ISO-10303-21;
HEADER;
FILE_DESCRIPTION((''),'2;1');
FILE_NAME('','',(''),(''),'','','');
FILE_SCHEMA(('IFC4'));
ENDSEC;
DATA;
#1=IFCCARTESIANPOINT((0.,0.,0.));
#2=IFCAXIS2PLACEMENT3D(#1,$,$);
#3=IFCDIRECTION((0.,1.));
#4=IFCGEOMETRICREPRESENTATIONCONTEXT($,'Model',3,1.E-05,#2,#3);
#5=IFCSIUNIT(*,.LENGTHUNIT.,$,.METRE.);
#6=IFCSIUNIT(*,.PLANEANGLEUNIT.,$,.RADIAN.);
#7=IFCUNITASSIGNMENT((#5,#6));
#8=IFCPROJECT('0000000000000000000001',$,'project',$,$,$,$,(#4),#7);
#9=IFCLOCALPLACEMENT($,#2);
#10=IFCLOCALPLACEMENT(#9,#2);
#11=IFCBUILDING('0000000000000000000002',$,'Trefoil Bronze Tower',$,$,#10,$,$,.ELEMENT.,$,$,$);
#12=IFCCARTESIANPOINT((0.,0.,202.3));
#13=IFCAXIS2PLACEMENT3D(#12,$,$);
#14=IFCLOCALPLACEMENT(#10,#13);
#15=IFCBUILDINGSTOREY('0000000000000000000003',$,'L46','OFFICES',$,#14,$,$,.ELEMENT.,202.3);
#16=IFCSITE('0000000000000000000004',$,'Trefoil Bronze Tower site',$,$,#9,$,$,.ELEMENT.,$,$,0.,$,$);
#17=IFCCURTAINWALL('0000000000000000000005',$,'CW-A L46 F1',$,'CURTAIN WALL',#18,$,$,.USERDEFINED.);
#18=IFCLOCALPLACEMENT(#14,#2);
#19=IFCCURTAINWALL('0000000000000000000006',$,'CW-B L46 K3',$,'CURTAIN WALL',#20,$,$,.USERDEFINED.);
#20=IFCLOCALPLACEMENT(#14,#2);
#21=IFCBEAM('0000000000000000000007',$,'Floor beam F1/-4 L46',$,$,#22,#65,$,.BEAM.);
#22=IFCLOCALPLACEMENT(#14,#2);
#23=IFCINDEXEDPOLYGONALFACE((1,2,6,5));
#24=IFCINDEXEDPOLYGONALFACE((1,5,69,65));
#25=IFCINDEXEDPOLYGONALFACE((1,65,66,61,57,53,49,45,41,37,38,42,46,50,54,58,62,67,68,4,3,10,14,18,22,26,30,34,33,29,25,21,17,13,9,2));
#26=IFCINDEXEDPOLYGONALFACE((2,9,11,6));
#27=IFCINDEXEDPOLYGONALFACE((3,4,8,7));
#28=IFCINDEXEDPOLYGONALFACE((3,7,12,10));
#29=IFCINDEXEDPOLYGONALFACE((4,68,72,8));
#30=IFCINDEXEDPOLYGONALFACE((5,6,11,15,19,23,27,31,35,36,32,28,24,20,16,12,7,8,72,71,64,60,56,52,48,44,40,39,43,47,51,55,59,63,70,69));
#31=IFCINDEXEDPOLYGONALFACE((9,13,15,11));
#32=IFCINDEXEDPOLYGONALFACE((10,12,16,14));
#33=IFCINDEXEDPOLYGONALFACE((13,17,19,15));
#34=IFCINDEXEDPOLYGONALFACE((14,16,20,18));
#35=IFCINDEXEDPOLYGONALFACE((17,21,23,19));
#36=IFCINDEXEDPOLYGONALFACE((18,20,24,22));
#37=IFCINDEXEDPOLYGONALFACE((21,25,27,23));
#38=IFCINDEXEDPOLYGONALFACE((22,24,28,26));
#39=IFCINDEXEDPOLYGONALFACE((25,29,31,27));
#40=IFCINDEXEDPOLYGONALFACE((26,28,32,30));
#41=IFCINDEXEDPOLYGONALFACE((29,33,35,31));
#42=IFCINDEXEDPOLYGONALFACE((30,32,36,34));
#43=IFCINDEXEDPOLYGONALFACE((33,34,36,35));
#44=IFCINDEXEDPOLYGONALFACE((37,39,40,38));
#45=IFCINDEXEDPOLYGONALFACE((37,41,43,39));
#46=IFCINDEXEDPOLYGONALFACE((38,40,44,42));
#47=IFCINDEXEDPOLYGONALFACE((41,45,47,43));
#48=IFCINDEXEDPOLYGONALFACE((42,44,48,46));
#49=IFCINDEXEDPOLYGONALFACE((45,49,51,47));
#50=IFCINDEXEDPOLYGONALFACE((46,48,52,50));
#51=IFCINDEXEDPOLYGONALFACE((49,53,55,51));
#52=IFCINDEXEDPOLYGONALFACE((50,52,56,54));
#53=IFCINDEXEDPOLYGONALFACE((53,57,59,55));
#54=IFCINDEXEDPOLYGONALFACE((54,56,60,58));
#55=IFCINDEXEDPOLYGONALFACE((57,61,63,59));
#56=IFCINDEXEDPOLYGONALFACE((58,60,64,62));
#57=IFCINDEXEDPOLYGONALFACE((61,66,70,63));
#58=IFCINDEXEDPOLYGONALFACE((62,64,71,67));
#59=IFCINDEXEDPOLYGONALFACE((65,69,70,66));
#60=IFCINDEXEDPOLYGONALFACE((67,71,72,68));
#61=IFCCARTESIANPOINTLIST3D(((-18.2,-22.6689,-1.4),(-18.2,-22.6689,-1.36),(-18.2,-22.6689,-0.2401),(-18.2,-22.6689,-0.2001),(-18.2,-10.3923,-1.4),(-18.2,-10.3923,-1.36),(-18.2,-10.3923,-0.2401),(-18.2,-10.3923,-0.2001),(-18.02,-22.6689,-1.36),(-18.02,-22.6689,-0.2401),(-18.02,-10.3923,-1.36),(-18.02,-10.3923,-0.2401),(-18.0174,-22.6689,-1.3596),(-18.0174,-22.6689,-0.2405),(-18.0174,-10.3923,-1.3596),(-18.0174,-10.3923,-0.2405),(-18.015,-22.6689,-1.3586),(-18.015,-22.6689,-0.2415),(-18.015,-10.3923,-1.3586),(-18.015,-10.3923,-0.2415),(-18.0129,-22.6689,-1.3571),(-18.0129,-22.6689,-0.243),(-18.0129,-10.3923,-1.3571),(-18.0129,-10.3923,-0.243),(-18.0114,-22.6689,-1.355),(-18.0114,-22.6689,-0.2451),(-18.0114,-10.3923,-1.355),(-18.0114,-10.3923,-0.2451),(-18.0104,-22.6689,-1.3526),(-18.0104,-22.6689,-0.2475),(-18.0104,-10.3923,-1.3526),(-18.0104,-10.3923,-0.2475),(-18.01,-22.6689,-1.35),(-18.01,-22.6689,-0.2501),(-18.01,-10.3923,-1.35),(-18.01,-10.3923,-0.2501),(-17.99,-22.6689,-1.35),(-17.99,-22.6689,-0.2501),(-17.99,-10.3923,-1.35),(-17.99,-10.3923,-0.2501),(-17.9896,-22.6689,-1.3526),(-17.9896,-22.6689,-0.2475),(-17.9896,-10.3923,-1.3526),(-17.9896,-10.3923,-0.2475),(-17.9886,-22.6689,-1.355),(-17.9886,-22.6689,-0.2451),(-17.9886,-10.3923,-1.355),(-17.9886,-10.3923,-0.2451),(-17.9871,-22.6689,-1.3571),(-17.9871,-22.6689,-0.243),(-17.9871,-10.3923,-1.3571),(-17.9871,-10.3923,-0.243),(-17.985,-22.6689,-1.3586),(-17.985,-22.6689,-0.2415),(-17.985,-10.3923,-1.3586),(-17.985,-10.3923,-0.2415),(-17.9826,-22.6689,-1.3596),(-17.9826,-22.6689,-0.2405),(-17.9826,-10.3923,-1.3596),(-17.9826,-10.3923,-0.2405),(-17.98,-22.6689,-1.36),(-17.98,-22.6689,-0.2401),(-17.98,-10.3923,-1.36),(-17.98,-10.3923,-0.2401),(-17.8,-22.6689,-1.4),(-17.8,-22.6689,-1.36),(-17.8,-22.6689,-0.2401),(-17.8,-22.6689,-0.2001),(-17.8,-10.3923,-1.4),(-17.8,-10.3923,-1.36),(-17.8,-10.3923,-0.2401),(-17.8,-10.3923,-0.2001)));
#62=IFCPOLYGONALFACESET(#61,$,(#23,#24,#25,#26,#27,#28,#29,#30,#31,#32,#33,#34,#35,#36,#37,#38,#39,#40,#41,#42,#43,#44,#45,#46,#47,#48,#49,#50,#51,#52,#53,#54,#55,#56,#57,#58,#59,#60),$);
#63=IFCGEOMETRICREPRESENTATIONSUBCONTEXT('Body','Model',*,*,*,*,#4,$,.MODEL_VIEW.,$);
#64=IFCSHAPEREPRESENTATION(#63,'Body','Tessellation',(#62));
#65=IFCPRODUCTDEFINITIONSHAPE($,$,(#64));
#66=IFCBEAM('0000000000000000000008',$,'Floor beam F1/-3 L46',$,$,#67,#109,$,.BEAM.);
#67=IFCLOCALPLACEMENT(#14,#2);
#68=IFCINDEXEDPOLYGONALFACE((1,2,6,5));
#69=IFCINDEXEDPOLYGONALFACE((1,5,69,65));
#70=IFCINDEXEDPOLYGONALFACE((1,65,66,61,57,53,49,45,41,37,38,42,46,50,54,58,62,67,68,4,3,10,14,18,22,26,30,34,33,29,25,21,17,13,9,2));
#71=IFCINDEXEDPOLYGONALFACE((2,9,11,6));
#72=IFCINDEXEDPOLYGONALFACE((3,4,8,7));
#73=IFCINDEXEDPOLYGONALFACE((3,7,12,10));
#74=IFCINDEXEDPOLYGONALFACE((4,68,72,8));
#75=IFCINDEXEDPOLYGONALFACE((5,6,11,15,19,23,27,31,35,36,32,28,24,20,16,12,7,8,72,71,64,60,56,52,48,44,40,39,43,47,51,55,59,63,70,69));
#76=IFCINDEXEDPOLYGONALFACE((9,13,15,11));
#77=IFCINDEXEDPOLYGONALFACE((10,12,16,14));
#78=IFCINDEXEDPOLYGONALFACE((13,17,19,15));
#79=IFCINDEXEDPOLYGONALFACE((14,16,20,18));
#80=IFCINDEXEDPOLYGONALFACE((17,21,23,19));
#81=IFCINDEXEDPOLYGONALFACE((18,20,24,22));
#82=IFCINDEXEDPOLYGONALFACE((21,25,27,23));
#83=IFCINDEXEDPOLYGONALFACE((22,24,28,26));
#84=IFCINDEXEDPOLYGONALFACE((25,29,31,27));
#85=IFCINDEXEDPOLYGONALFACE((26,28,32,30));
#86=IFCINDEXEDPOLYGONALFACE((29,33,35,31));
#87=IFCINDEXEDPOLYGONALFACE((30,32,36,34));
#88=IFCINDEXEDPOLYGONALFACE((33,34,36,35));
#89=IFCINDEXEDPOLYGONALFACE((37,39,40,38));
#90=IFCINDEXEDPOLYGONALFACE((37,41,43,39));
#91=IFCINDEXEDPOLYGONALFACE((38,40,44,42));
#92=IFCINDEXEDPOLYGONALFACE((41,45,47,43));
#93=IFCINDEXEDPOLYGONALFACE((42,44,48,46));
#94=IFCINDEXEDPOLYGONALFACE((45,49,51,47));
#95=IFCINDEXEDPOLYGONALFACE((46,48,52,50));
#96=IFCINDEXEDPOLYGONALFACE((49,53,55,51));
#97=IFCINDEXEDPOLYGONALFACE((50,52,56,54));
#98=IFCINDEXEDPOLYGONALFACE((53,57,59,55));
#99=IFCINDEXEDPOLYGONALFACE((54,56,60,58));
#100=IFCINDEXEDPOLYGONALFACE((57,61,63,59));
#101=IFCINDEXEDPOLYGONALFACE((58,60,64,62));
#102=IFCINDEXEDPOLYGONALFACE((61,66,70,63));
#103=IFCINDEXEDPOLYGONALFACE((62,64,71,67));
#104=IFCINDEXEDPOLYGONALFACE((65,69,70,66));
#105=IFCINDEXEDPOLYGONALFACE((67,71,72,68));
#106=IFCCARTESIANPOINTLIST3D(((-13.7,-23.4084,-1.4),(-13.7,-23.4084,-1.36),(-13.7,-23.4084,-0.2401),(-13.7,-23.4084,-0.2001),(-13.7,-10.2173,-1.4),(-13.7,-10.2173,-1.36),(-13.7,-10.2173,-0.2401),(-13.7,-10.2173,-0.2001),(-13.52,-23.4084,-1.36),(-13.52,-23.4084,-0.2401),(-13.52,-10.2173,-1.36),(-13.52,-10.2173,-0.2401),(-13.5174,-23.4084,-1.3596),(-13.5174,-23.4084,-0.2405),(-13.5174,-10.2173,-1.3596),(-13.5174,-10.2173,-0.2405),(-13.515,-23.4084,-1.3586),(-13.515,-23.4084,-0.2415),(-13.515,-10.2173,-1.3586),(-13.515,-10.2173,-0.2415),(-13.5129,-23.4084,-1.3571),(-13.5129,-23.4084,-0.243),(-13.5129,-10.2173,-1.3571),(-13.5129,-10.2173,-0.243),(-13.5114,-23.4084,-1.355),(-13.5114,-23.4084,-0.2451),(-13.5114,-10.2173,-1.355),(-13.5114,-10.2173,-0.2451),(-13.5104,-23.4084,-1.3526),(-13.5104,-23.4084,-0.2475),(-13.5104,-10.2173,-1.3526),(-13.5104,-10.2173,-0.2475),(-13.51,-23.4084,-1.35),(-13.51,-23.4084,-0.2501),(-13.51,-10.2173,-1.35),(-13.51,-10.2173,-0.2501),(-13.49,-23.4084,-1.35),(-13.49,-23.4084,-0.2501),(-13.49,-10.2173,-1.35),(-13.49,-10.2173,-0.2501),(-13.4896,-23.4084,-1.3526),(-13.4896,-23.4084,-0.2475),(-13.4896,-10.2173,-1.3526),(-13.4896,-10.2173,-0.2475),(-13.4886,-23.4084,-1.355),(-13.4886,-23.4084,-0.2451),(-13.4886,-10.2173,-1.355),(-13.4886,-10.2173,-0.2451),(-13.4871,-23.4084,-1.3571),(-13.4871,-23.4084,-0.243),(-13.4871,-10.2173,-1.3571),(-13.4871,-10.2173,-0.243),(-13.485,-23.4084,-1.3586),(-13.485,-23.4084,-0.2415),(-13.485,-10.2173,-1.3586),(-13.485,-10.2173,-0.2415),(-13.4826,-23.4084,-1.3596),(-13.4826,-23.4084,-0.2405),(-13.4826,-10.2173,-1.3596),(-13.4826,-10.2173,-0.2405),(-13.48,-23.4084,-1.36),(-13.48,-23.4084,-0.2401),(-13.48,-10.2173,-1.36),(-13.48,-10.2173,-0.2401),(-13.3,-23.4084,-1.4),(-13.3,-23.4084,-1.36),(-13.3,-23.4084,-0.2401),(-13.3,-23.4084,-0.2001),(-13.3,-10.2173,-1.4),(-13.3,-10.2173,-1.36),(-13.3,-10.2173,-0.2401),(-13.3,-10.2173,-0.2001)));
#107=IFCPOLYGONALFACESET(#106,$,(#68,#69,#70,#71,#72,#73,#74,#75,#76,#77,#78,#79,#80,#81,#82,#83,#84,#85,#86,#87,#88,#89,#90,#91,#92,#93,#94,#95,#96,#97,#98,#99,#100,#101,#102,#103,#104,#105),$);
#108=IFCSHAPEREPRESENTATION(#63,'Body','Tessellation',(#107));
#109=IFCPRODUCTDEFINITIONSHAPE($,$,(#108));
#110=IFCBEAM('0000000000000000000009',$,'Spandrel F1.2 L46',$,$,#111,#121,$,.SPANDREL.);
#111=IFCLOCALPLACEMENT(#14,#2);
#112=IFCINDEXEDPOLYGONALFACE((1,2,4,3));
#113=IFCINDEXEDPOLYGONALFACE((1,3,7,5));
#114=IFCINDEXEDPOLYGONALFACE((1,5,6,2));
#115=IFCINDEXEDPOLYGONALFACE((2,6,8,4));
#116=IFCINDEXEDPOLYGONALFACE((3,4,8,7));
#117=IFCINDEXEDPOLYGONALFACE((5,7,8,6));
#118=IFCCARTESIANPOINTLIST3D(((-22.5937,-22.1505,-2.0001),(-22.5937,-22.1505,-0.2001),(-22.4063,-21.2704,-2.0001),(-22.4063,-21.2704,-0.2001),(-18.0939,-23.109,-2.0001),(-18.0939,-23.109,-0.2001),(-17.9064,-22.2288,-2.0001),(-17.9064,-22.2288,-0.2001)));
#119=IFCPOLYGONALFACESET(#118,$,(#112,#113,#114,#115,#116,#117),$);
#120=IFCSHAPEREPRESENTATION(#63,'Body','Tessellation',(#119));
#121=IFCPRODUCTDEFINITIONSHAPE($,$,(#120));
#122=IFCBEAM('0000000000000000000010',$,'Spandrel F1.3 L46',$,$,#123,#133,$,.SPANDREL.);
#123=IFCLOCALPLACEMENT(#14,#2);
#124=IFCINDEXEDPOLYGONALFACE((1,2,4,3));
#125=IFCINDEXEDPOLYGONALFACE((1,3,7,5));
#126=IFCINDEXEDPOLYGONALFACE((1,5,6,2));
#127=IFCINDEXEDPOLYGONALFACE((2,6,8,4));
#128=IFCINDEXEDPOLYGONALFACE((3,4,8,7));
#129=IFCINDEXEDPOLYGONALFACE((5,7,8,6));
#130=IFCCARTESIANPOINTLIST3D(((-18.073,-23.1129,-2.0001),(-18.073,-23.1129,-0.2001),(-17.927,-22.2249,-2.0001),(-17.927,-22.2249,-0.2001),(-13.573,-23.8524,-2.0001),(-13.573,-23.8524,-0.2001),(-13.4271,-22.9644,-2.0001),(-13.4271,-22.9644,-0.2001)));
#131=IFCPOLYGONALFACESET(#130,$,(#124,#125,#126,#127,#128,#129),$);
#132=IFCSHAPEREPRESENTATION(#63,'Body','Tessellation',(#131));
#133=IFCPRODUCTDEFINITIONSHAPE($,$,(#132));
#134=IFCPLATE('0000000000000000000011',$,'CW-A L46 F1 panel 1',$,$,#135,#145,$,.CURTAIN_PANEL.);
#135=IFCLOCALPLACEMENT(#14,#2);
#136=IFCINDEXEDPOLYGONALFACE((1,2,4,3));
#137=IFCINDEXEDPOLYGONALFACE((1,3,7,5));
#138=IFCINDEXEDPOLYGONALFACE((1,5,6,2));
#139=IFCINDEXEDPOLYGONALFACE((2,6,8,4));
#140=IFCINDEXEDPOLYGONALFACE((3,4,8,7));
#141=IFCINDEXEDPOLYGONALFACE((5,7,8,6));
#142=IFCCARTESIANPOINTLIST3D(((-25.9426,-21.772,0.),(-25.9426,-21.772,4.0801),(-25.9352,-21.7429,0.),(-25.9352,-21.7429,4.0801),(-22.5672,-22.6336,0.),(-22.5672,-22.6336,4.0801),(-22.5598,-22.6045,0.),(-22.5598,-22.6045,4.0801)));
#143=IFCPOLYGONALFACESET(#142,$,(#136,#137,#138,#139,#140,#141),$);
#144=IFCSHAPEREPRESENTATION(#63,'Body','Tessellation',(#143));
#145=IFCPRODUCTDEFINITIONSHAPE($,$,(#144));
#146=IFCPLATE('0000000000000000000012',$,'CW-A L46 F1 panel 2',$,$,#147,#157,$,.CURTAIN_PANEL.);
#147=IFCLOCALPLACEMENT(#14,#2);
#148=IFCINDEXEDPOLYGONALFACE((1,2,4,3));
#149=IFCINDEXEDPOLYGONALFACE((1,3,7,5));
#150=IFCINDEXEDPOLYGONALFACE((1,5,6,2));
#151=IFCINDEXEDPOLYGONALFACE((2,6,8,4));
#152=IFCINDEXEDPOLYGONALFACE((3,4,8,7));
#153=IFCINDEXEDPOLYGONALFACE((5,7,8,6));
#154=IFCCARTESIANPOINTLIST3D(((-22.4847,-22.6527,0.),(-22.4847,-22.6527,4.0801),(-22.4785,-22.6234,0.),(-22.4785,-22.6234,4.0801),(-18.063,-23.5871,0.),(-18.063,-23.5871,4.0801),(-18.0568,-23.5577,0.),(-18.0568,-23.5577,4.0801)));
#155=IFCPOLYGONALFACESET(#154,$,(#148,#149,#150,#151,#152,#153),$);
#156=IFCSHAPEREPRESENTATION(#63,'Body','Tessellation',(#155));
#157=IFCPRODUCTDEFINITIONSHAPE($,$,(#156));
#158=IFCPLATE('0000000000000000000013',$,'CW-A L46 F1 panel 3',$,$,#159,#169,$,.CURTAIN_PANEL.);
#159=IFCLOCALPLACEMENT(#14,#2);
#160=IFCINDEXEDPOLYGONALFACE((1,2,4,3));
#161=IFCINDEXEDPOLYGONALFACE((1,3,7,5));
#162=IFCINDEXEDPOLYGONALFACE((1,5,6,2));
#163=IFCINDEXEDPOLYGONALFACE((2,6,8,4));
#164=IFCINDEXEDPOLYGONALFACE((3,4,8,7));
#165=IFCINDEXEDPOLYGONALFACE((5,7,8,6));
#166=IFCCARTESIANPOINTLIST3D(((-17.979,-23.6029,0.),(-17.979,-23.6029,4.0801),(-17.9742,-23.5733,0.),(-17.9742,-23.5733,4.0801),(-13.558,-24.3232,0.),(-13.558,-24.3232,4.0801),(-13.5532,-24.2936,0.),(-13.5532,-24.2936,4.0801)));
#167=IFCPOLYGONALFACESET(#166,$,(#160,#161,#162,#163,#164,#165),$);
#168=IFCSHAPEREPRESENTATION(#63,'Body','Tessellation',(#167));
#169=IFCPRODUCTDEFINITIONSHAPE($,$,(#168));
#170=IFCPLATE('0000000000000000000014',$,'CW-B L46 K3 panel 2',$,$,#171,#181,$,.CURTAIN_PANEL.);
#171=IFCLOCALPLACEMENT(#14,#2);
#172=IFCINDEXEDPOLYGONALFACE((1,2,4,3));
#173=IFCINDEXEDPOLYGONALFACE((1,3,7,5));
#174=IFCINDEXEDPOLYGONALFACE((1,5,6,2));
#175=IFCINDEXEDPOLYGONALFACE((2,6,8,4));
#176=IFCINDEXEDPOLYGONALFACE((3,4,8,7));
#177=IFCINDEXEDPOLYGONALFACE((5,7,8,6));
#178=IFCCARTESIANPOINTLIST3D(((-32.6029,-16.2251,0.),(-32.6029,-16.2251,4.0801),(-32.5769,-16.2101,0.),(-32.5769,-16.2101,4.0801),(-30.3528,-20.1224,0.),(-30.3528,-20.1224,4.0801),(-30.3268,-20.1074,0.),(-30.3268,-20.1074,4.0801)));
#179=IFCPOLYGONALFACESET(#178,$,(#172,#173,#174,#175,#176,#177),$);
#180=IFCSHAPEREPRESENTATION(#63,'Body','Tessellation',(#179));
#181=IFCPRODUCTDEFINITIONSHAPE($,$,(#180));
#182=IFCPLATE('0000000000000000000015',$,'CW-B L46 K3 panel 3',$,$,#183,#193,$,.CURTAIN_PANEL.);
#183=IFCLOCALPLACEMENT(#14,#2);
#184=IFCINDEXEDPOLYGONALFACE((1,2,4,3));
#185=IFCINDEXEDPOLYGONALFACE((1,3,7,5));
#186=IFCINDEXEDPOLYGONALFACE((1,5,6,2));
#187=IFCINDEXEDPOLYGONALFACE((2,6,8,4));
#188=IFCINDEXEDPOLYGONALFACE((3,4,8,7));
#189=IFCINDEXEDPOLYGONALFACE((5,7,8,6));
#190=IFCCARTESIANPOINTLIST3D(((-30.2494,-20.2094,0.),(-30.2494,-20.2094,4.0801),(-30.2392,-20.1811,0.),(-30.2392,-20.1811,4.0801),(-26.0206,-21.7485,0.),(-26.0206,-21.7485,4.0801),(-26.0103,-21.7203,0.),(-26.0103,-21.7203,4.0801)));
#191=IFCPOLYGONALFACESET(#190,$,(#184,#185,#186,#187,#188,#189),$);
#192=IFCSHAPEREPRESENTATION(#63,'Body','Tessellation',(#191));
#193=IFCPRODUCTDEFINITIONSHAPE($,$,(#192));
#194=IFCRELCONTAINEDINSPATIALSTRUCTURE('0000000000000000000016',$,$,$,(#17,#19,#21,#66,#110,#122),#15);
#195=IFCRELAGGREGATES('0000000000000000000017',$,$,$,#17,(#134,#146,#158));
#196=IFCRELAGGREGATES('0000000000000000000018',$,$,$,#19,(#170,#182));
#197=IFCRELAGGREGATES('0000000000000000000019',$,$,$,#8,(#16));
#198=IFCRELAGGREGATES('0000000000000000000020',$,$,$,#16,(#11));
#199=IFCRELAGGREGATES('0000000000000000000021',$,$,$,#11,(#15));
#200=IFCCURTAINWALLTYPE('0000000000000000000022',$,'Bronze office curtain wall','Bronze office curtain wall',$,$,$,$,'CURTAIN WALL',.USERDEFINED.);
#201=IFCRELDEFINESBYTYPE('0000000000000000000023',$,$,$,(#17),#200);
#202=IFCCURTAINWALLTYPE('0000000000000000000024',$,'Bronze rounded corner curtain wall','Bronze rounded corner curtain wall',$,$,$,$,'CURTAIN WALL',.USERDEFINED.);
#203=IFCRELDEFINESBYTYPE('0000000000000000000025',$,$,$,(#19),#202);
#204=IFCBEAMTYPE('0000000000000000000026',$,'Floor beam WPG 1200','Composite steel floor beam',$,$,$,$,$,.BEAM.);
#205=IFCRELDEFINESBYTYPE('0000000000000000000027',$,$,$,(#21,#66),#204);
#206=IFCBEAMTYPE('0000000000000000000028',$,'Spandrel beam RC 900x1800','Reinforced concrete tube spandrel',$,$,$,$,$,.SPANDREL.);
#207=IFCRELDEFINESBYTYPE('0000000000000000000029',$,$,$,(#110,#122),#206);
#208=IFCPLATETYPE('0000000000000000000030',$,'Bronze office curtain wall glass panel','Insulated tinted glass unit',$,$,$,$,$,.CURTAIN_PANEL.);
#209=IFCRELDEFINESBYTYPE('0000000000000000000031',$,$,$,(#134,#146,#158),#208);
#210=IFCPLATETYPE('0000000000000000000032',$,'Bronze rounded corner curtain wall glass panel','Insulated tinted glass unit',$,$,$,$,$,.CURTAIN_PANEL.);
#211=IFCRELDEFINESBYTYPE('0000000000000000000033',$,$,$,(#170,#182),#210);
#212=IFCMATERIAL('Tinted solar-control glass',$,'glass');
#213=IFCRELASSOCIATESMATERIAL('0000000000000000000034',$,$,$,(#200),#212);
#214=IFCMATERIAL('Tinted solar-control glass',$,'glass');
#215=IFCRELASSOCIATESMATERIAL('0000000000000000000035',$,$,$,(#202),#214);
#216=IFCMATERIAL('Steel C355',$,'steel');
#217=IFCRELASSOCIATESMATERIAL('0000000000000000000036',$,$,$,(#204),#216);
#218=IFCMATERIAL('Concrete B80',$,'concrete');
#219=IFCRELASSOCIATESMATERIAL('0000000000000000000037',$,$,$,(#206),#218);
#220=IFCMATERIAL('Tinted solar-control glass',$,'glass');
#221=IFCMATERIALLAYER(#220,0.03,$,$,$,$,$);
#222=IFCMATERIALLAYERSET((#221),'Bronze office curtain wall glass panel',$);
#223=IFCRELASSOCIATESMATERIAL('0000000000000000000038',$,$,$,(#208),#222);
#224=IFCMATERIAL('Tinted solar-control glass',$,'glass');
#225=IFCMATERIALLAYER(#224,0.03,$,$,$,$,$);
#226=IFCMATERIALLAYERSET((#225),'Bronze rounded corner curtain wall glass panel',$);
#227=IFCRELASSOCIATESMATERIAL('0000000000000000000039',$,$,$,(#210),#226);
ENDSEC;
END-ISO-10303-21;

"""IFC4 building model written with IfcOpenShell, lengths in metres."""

from ifc_helpers import new_model, si_unit, direction, frame, origin, origin_2d, place, context, subcontext, project, spatial, rectangle, i_section, extrude, material, layer, layer_set, material_profile, profile_set, type_object, element, aggregate, save


model = new_model("IFC4")

# Units and contexts
model_context = context("Model", 3, precision=1e-05, world=origin(), true_north=direction((0.0, 1.0)))
body_context = subcontext(model_context, "Body", "Model", "MODEL_VIEW")
ifc_project = project(units=[si_unit("LENGTHUNIT", "METRE"), si_unit("PLANEANGLEUNIT", "RADIAN")], contexts=[model_context])

# Site, building, storey
site_placement = place(None, origin())
site = spatial("IfcSite", under=ifc_project, at=site_placement, Name="Trefoil Bronze Tower site", CompositionType="ELEMENT", RefElevation=0.0)
building_placement = place(site_placement, origin())
building = spatial("IfcBuilding", under=site, at=building_placement, Name="Trefoil Bronze Tower", CompositionType="ELEMENT")
storey_placement = place(building_placement, frame((0.0, 0.0, 202.3)))
storey = spatial("IfcBuildingStorey", under=building, at=storey_placement, Name="L46", Description="OFFICES", CompositionType="ELEMENT", Elevation=202.3)

# Curtain walls
ifc_material_1 = material(Name="Tinted solar-control glass", Category="glass")
curtain_wall_type_1 = type_object("IfcCurtainWallType", Name="Bronze office curtain wall", Description="Bronze office curtain wall", ElementType="CURTAIN WALL", PredefinedType="USERDEFINED", material=ifc_material_1)
curtain_wall_1_placement = place(storey_placement, origin())
curtain_wall_1 = element("IfcCurtainWall", 1, at=curtain_wall_1_placement, inside=storey, type_object=curtain_wall_type_1, Name="CW-A L46 F1", ObjectType="CURTAIN WALL", PredefinedType="USERDEFINED")
ifc_material_2 = material(Name="Tinted solar-control glass", Category="glass")
curtain_wall_type_2 = type_object("IfcCurtainWallType", Name="Bronze rounded corner curtain wall", Description="Bronze rounded corner curtain wall", ElementType="CURTAIN WALL", PredefinedType="USERDEFINED", material=ifc_material_2)
curtain_wall_2_placement = place(storey_placement, origin())
curtain_wall_2 = element("IfcCurtainWall", 2, at=curtain_wall_2_placement, inside=storey, type_object=curtain_wall_type_2, Name="CW-B L46 K3", ObjectType="CURTAIN WALL", PredefinedType="USERDEFINED")

# Beams
ifc_material_3 = material(Name="Steel C355", Category="steel")
ifc_material_profile_1 = material_profile(ifc_material_3, i_section(OverallWidth=0.3999, OverallDepth=1.2, WebThickness=0.02, FlangeThickness=0.04, FilletRadius=0.01, at=origin_2d()), Name="WPG 1200")
ifc_profile_set_1 = profile_set([ifc_material_profile_1], Name="Steel C355")
beam_type_1 = type_object("IfcBeamType", Name="Floor beam WPG 1200", Description="Composite steel floor beam", PredefinedType="BEAM", material=ifc_profile_set_1)
beam_1_placement = place(storey_placement, frame((-18.0, -22.6689, -0.8), z_axis=(0.0, 1.0, 0.0), x_axis=(-1.0, 0.0, 0.0)))
element("IfcBeam", 3, at=beam_1_placement, inside=storey, type_object=beam_type_1, Name="Floor beam F1/-4 L46", PredefinedType="BEAM", context=body_context, shape_type="SweptSolid", body=[
    extrude(i_section(OverallWidth=0.3999, OverallDepth=1.2, WebThickness=0.02, FlangeThickness=0.04, FilletRadius=0.01, at=origin_2d()), origin(), (0.0, 0.0, 1.0), 12.2766),
])
beam_2_placement = place(storey_placement, frame((-13.5, -23.4084, -0.8), z_axis=(0.0, 1.0, 0.0), x_axis=(-1.0, 0.0, 0.0)))
element("IfcBeam", 4, at=beam_2_placement, inside=storey, type_object=beam_type_1, Name="Floor beam F1/-3 L46", PredefinedType="BEAM", context=body_context, shape_type="SweptSolid", body=[
    extrude(i_section(OverallWidth=0.3999, OverallDepth=1.2, WebThickness=0.02, FlangeThickness=0.04, FilletRadius=0.01, at=origin_2d()), origin(), (0.0, 0.0, 1.0), 13.1912),
])
ifc_material_4 = material(Name="Concrete B80", Category="concrete")
ifc_material_profile_2 = material_profile(ifc_material_4, rectangle(XDim=0.8999, YDim=1.8, at=origin_2d()), Name="RC 900x1800")
ifc_profile_set_2 = profile_set([ifc_material_profile_2], Name="Concrete B80")
beam_type_2 = type_object("IfcBeamType", Name="Spandrel beam RC 900x1800", Description="Reinforced concrete tube spandrel", PredefinedType="SPANDREL", material=ifc_profile_set_2)
beam_3_placement = place(storey_placement, frame((-22.5, -21.7104, -1.1001), z_axis=(0.978059, -0.208326, 0.0), x_axis=(0.208326, 0.978059, 0.0)))
element("IfcBeam", 5, at=beam_3_placement, inside=storey, type_object=beam_type_2, Name="Spandrel F1.2 L46", PredefinedType="SPANDREL", context=body_context, shape_type="SweptSolid", body=[
    extrude(rectangle(XDim=0.8999, YDim=1.8, at=origin_2d()), origin(), (0.0, 0.0, 1.0), 4.6008),
])
beam_4_placement = place(storey_placement, frame((-18.0, -22.6689, -1.1001), z_axis=(0.986765, -0.162159, 0.0), x_axis=(0.162159, 0.986765, 0.0)))
element("IfcBeam", 6, at=beam_4_placement, inside=storey, type_object=beam_type_2, Name="Spandrel F1.3 L46", PredefinedType="SPANDREL", context=body_context, shape_type="SweptSolid", body=[
    extrude(rectangle(XDim=0.8999, YDim=1.8, at=origin_2d()), origin(), (0.0, 0.0, 1.0), 4.5603),
])

# Plates
ifc_material_5 = material(Name="Tinted solar-control glass", Category="glass")
ifc_layer_1 = layer(ifc_material_5, 0.03)
ifc_layer_set_1 = layer_set([ifc_layer_1], Name="Bronze office curtain wall glass panel")
plate_type_1 = type_object("IfcPlateType", Name="Bronze office curtain wall glass panel", Description="Insulated tinted glass unit", PredefinedType="CURTAIN_PANEL", material=ifc_layer_set_1)
plate_1_placement = place(storey_placement, frame((-24.2512, -22.1882, 0.0), z_axis=(0.0, 0.0, 1.0), x_axis=(0.968934, -0.247319, 0.0)))
plate_1 = element("IfcPlate", 7, at=plate_1_placement, type_object=plate_type_1, Name="CW-A L46 F1 panel 1", PredefinedType="CURTAIN_PANEL", context=body_context, shape_type="SweptSolid", body=[
    extrude(rectangle(XDim=3.4836, YDim=0.03, at=origin_2d()), origin(), (0.0, 0.0, 1.0), 4.0801),
])
plate_2_placement = place(storey_placement, frame((-20.2708, -23.1052, 0.0), z_axis=(0.0, 0.0, 1.0), x_axis=(0.978394, -0.206747, 0.0)))
plate_2 = element("IfcPlate", 8, at=plate_2_placement, type_object=plate_type_1, Name="CW-A L46 F1 panel 2", PredefinedType="CURTAIN_PANEL", context=body_context, shape_type="SweptSolid", body=[
    extrude(rectangle(XDim=4.5193, YDim=0.03, at=origin_2d()), origin(), (0.0, 0.0, 1.0), 4.0801),
])
plate_3_placement = place(storey_placement, frame((-15.7661, -23.9482, 0.0), z_axis=(0.0, 0.0, 1.0), x_axis=(0.986987, -0.160803, 0.0)))
plate_3 = element("IfcPlate", 9, at=plate_3_placement, type_object=plate_type_1, Name="CW-A L46 F1 panel 3", PredefinedType="CURTAIN_PANEL", context=body_context, shape_type="SweptSolid", body=[
    extrude(rectangle(XDim=4.4792, YDim=0.03, at=origin_2d()), origin(), (0.0, 0.0, 1.0), 4.0801),
])
aggregate(curtain_wall_1, [plate_1, plate_2, plate_3])
ifc_material_6 = material(Name="Tinted solar-control glass", Category="glass")
ifc_layer_2 = layer(ifc_material_6, 0.03)
ifc_layer_set_2 = layer_set([ifc_layer_2], Name="Bronze rounded corner curtain wall glass panel")
plate_type_2 = type_object("IfcPlateType", Name="Bronze rounded corner curtain wall glass panel", Description="Insulated tinted glass unit", PredefinedType="CURTAIN_PANEL", material=ifc_layer_set_2)
plate_4_placement = place(storey_placement, frame((-31.4648, -18.1663, 0.0), z_axis=(0.0, 0.0, 1.0), x_axis=(0.5, -0.866025, 0.0)))
plate_4 = element("IfcPlate", 10, at=plate_4_placement, type_object=plate_type_2, Name="CW-B L46 K3 panel 2", PredefinedType="CURTAIN_PANEL", context=body_context, shape_type="SweptSolid", body=[
    extrude(rectangle(XDim=4.5002, YDim=0.03, at=origin_2d()), origin(), (0.0, 0.0, 1.0), 4.0801),
])
plate_5_placement = place(storey_placement, frame((-28.1299, -20.9648, 0.0), z_axis=(0.0, 0.0, 1.0), x_axis=(0.939693, -0.34202, 0.0)))
plate_5 = element("IfcPlate", 11, at=plate_5_placement, type_object=plate_type_2, Name="CW-B L46 K3 panel 3", PredefinedType="CURTAIN_PANEL", context=body_context, shape_type="SweptSolid", body=[
    extrude(rectangle(XDim=4.5002, YDim=0.03, at=origin_2d()), origin(), (0.0, 0.0, 1.0), 4.0801),
])
aggregate(curtain_wall_2, [plate_4, plate_5])

save(model, "model.ifc")
